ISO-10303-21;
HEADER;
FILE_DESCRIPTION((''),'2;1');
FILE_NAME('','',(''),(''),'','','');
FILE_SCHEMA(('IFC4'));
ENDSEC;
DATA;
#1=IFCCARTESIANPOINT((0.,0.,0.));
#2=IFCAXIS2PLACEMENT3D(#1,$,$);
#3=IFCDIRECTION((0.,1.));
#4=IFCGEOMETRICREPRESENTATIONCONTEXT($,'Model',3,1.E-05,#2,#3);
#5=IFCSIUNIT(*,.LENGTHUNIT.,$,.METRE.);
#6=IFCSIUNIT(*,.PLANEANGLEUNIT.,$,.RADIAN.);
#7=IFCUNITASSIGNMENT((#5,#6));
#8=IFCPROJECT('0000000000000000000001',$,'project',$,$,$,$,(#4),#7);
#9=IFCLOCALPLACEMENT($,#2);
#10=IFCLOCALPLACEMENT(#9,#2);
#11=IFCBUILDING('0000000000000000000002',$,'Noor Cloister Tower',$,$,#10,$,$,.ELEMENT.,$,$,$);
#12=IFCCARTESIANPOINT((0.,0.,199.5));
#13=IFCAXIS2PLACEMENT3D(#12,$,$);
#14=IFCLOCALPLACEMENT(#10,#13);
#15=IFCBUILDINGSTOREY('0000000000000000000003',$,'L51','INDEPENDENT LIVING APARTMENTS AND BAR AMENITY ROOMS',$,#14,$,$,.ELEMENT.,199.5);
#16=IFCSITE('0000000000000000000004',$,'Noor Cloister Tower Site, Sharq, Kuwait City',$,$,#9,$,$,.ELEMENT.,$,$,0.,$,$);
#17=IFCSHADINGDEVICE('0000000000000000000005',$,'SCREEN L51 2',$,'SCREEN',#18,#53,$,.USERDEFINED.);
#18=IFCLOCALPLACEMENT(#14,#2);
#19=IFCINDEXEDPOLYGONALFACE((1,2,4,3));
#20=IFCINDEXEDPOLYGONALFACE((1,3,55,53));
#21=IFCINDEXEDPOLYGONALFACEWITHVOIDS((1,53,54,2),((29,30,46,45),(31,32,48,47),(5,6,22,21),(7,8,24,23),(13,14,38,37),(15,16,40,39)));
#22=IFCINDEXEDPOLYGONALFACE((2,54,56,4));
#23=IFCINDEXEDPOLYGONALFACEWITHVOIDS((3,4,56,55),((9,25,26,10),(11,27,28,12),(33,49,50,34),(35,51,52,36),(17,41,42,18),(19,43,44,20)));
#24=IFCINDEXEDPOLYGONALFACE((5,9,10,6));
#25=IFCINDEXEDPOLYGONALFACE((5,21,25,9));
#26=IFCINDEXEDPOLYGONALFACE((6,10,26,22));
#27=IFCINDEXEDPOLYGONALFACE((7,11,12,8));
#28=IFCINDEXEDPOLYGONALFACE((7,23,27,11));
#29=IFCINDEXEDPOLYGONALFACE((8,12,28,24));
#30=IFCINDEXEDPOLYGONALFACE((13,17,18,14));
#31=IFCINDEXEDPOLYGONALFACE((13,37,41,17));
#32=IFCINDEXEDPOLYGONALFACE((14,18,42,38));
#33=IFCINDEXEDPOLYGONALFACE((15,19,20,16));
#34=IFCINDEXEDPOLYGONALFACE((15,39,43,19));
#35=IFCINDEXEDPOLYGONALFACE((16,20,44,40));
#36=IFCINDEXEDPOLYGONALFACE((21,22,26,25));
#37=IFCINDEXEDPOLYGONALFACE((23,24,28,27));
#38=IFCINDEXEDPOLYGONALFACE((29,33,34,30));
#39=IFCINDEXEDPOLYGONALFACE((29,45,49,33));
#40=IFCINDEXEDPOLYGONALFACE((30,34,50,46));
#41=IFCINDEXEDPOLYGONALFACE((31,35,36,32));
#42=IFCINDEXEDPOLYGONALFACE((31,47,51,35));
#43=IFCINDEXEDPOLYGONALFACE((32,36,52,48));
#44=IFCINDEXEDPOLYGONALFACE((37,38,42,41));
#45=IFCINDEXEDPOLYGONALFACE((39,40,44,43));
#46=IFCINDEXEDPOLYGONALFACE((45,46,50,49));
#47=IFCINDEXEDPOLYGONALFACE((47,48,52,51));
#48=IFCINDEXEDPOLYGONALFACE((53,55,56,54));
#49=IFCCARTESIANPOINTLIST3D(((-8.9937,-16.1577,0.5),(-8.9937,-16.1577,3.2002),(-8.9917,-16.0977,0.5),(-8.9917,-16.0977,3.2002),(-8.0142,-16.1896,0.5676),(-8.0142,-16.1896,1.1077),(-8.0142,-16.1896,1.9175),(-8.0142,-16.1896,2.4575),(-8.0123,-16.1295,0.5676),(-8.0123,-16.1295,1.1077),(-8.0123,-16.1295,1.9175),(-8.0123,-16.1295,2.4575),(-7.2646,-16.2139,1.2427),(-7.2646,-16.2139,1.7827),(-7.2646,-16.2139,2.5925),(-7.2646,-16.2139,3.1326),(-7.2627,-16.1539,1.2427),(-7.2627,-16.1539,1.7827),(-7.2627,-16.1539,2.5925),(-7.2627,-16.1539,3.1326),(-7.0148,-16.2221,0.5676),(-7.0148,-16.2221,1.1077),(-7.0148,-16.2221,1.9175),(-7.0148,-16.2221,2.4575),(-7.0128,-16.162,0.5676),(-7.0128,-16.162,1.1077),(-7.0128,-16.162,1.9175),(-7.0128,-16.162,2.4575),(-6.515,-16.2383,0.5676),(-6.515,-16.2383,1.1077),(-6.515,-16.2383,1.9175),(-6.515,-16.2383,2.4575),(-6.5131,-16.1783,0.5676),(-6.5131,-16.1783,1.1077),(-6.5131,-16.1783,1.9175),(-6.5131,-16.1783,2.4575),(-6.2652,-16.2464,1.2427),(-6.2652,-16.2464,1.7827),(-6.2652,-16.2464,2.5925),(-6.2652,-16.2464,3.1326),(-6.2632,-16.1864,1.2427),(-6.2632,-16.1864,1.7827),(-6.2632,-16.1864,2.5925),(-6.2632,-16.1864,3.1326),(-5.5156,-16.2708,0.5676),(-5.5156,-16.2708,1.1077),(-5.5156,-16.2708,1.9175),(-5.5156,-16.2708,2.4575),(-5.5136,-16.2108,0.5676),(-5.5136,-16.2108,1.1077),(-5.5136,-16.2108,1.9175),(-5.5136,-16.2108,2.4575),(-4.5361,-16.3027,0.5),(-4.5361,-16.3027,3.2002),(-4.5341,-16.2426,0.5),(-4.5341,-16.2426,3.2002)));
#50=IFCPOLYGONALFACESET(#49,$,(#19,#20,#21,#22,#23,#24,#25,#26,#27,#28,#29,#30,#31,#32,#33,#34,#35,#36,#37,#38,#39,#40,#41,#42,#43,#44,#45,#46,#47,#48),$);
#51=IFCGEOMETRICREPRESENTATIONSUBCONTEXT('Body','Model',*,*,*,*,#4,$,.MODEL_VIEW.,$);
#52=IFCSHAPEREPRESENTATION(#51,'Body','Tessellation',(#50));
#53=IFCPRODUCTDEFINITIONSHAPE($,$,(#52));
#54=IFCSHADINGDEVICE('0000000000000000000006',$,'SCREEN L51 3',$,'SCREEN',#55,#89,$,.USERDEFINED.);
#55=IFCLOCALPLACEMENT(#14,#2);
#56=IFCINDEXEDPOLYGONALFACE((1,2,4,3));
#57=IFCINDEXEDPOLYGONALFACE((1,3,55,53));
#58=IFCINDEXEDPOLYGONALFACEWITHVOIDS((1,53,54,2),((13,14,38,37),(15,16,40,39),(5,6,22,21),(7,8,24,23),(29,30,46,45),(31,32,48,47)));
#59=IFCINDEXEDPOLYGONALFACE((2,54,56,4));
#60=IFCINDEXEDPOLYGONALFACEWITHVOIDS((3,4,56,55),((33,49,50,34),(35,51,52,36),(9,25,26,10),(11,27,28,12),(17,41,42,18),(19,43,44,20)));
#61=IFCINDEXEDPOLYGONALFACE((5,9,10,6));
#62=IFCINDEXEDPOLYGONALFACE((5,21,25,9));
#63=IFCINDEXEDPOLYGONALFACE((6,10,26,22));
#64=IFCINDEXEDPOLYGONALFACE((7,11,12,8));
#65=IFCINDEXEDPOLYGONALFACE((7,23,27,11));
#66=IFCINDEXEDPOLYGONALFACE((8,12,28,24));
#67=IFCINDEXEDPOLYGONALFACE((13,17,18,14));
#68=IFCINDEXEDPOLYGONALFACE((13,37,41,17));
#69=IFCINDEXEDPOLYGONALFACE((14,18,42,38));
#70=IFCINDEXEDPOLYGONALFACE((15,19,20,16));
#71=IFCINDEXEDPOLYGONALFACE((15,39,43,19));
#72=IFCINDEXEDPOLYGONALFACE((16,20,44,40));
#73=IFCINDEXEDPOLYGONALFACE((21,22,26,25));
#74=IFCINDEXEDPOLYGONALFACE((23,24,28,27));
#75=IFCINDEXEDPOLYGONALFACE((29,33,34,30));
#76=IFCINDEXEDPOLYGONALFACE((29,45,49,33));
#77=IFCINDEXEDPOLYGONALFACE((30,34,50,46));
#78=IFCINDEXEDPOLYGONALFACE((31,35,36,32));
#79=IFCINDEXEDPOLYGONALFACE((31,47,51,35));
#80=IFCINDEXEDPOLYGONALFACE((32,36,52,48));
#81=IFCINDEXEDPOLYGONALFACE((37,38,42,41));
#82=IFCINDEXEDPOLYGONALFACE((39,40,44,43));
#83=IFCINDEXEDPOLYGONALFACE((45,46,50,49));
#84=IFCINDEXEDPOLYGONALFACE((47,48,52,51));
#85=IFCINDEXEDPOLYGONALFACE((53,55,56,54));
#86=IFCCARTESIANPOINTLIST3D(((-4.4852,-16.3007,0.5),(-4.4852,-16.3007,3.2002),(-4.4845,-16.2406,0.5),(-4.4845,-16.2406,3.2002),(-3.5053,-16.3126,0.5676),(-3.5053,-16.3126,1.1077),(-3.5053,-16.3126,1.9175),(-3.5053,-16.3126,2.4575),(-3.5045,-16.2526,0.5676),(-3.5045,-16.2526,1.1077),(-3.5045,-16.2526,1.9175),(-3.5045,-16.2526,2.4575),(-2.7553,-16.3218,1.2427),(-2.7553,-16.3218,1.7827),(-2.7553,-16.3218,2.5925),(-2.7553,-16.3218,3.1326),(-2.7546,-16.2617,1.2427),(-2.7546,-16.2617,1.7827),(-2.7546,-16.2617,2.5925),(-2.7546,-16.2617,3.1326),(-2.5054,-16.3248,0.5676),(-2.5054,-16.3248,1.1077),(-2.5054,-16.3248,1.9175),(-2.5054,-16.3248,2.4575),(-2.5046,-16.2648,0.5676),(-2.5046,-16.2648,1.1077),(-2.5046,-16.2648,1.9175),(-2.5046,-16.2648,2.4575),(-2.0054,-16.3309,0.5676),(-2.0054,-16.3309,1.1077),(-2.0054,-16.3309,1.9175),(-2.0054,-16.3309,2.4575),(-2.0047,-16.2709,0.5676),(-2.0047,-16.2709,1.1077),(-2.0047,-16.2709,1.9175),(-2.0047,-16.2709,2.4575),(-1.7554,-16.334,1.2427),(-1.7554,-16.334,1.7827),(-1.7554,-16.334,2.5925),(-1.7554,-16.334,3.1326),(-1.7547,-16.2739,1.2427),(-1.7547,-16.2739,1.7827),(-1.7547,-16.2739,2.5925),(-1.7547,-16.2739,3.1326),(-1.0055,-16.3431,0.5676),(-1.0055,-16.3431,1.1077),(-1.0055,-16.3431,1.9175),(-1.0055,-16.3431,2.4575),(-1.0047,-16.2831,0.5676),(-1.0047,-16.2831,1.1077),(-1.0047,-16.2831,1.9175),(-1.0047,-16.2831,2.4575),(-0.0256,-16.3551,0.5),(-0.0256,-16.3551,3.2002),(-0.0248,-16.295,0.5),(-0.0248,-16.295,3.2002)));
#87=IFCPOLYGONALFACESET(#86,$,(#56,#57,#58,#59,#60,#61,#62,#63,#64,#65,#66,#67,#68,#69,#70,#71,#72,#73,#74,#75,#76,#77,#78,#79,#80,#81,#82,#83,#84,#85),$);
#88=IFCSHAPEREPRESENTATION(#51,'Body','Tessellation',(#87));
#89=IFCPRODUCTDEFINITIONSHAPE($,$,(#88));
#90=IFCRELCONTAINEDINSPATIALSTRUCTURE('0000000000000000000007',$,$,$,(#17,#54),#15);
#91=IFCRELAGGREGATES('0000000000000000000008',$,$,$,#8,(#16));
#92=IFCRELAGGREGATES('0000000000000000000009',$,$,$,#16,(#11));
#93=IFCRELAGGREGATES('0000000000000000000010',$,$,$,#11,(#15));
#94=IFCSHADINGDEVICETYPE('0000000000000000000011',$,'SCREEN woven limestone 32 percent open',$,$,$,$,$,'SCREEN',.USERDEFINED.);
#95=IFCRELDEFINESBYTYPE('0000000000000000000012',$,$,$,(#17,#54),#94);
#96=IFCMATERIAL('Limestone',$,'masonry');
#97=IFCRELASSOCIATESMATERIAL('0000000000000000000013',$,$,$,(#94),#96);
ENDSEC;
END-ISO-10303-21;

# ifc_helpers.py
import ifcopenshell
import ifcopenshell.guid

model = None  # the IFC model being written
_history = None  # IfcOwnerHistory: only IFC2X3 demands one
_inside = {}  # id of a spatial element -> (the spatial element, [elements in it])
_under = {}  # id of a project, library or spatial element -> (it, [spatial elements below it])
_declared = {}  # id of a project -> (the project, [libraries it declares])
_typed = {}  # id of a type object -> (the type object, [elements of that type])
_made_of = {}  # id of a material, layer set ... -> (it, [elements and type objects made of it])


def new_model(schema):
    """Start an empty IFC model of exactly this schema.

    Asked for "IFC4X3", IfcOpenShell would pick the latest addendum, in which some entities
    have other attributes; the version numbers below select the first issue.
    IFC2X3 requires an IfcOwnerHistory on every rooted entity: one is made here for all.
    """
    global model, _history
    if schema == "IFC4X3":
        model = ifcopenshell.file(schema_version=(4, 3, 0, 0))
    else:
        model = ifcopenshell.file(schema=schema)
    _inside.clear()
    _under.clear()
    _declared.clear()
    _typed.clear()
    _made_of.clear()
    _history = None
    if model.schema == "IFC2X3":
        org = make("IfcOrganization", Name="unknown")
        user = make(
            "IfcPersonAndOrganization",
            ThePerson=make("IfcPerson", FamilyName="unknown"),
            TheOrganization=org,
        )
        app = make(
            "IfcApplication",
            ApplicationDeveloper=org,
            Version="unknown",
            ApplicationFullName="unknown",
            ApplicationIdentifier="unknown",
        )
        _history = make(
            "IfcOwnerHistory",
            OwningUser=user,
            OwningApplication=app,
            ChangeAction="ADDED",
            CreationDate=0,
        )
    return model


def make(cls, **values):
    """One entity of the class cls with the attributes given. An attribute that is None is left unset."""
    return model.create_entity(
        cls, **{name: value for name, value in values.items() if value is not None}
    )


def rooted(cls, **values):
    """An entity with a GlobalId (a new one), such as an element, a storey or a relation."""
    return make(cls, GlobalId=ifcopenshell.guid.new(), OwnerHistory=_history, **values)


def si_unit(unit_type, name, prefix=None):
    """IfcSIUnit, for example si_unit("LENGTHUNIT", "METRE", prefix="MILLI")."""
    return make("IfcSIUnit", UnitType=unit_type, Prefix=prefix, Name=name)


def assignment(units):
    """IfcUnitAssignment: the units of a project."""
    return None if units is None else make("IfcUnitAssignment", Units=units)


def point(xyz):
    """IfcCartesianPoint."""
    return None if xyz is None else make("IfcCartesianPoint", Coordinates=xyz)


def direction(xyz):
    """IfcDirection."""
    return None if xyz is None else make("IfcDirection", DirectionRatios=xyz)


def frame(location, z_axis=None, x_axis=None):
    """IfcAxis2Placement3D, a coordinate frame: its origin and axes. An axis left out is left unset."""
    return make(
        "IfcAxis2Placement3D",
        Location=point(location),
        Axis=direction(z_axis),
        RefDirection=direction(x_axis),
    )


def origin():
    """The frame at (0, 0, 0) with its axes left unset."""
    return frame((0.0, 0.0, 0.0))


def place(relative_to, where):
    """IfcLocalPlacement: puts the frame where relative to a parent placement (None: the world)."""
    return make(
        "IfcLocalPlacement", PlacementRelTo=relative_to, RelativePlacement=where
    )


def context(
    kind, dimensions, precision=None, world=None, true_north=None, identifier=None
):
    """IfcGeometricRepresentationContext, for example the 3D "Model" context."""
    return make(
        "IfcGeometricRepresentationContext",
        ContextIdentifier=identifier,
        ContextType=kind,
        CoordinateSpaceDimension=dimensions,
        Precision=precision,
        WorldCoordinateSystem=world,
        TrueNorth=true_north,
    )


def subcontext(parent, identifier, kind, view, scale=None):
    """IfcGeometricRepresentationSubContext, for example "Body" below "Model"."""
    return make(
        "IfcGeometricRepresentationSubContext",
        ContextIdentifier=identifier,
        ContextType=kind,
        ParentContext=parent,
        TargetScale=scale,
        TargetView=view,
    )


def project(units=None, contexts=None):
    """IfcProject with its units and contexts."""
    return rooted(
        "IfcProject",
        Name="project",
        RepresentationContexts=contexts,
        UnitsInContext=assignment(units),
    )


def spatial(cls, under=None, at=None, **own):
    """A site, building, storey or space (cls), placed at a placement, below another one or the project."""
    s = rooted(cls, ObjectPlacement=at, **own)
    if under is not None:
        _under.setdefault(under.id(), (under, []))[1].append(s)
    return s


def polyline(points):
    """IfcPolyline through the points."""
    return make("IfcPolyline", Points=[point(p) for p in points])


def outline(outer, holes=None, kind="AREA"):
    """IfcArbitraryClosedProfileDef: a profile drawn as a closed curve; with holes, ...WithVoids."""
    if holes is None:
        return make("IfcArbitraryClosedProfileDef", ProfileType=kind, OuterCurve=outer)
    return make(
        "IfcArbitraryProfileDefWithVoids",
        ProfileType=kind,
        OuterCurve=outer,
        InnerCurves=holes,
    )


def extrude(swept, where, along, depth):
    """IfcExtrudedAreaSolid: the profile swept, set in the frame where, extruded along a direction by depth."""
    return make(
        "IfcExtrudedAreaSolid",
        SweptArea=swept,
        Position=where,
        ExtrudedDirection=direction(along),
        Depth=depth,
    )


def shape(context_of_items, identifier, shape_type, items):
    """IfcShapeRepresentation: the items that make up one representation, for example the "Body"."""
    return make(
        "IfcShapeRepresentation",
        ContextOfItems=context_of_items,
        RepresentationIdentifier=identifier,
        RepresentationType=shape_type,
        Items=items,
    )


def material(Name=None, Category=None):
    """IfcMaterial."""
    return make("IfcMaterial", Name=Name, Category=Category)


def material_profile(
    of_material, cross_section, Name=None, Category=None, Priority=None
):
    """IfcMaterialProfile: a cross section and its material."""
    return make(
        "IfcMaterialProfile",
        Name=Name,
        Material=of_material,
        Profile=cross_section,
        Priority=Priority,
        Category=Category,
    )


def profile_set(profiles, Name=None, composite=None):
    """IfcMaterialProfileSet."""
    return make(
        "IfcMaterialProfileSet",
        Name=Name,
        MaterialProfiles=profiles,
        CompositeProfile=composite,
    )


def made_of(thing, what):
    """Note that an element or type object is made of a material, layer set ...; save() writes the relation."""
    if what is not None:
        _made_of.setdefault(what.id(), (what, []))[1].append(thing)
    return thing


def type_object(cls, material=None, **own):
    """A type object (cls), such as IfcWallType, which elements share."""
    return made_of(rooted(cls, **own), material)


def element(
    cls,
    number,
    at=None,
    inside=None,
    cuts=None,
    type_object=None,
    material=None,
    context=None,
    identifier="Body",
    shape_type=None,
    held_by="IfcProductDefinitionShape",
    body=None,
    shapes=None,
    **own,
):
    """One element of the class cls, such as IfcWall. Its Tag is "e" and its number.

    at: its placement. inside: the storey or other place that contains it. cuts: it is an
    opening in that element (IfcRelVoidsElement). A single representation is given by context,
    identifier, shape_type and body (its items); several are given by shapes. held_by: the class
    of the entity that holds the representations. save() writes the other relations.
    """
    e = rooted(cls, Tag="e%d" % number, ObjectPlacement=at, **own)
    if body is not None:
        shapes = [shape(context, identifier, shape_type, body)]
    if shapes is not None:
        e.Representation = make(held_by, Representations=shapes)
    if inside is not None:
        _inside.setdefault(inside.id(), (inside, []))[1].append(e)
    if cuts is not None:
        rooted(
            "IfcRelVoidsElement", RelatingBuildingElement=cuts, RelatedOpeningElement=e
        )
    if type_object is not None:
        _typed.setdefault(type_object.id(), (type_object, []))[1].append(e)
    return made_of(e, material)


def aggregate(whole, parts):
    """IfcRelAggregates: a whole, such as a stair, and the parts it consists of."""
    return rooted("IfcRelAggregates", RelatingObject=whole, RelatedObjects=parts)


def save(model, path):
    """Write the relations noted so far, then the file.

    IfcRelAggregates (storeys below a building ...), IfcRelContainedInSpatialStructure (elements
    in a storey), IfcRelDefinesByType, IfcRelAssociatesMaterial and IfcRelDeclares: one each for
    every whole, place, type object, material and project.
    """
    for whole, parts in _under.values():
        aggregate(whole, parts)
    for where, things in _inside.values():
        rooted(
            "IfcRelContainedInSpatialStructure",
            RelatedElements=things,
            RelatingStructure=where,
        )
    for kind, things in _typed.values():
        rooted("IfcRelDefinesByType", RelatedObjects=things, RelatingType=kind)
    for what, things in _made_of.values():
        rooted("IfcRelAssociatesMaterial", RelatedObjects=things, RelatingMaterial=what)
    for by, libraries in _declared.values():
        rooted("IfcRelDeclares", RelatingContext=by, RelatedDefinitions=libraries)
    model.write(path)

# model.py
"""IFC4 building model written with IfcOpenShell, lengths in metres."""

from ifc_helpers import new_model, si_unit, direction, frame, origin, place, context, subcontext, project, spatial, polyline, outline, extrude, material, material_profile, profile_set, type_object, element, save


model = new_model("IFC4")

# Units and contexts
model_context = context("Model", 3, precision=1e-05, world=origin(), true_north=direction((0.0, 1.0)))
body_context = subcontext(model_context, "Body", "Model", "MODEL_VIEW")
ifc_project = project(units=[si_unit("LENGTHUNIT", "METRE"), si_unit("PLANEANGLEUNIT", "RADIAN")], contexts=[model_context])

# Site, building, storey
site_placement = place(None, origin())
site = spatial("IfcSite", under=ifc_project, at=site_placement, Name="Noor Cloister Tower Site, Sharq, Kuwait City", CompositionType="ELEMENT", RefElevation=0.0)
building_placement = place(site_placement, origin())
building = spatial("IfcBuilding", under=site, at=building_placement, Name="Noor Cloister Tower", CompositionType="ELEMENT")
storey_placement = place(building_placement, frame((0.0, 0.0, 199.5)))
storey = spatial("IfcBuildingStorey", under=building, at=storey_placement, Name="L51", Description="INDEPENDENT LIVING APARTMENTS AND BAR AMENITY ROOMS", CompositionType="ELEMENT", Elevation=199.5)

# Shading devices
ifc_material_1 = material(Name="Limestone", Category="masonry")
ifc_material_profile_1 = material_profile(ifc_material_1, outline(polyline([(-2.23, -1.3501), (2.23, -1.3501), (2.23, 1.3501), (-2.23, 1.3501), (-2.23, -1.3501)]), holes=[polyline([(-1.25, -1.2825), (-0.25, -1.2825), (-0.25, -0.7424), (-1.25, -0.7424), (-1.25, -1.2825)]), polyline([(0.25, -1.2825), (1.25, -1.2825), (1.25, -0.7424), (0.25, -0.7424), (0.25, -1.2825)]), polyline([(-0.5, -0.6074), (0.5, -0.6074), (0.5, -0.0674), (-0.5, -0.0674), (-0.5, -0.6074)]), polyline([(-1.25, 0.0674), (-0.25, 0.0674), (-0.25, 0.6074), (-1.25, 0.6074), (-1.25, 0.0674)]), polyline([(0.25, 0.0674), (1.25, 0.0674), (1.25, 0.6074), (0.25, 0.6074), (0.25, 0.0674)]), polyline([(-0.5, 0.7424), (0.5, 0.7424), (0.5, 1.2825), (-0.5, 1.2825), (-0.5, 0.7424)])]), Name="Woven screen 32 percent open")
ifc_profile_set_1 = profile_set([ifc_material_profile_1], Name="Limestone")
shading_device_type = type_object("IfcShadingDeviceType", Name="SCREEN woven limestone 32 percent open", ElementType="SCREEN", PredefinedType="USERDEFINED", material=ifc_profile_set_1)
for number, where, z_axis, x_axis, name in (
    (1, (-6.7629, -16.1702, 1.8501), (-0.032503, -0.999472, 0.0), (0.999472, -0.032503, 0.0), "SCREEN L51 2"),
    (2, (-2.2546, -16.2678, 1.8501), (-0.012194, -0.999926, 0.0), (0.999926, -0.012194, 0.0), "SCREEN L51 3"),
):
    element("IfcShadingDevice", number, at=place(storey_placement, frame(where, z_axis=z_axis, x_axis=x_axis)), inside=storey, type_object=shading_device_type, Name=name, ObjectType="SCREEN", PredefinedType="USERDEFINED", context=body_context, shape_type="SweptSolid", body=[
        extrude(outline(polyline([(-2.23, -1.3501), (2.23, -1.3501), (2.23, 1.3501), (-2.23, 1.3501), (-2.23, -1.3501)]), holes=[polyline([(-1.25, -1.2825), (-0.25, -1.2825), (-0.25, -0.7424), (-1.25, -0.7424), (-1.25, -1.2825)]), polyline([(0.25, -1.2825), (1.25, -1.2825), (1.25, -0.7424), (0.25, -0.7424), (0.25, -1.2825)]), polyline([(-0.5, -0.6074), (0.5, -0.6074), (0.5, -0.0674), (-0.5, -0.0674), (-0.5, -0.6074)]), polyline([(-1.25, 0.0674), (-0.25, 0.0674), (-0.25, 0.6074), (-1.25, 0.6074), (-1.25, 0.0674)]), polyline([(0.25, 0.0674), (1.25, 0.0674), (1.25, 0.6074), (0.25, 0.6074), (0.25, 0.0674)]), polyline([(-0.5, 0.7424), (0.5, 0.7424), (0.5, 1.2825), (-0.5, 1.2825), (-0.5, 0.7424)])]), origin(), (0.0, 0.0, 1.0), 0.0601),
    ])

save(model, "model.ifc")
